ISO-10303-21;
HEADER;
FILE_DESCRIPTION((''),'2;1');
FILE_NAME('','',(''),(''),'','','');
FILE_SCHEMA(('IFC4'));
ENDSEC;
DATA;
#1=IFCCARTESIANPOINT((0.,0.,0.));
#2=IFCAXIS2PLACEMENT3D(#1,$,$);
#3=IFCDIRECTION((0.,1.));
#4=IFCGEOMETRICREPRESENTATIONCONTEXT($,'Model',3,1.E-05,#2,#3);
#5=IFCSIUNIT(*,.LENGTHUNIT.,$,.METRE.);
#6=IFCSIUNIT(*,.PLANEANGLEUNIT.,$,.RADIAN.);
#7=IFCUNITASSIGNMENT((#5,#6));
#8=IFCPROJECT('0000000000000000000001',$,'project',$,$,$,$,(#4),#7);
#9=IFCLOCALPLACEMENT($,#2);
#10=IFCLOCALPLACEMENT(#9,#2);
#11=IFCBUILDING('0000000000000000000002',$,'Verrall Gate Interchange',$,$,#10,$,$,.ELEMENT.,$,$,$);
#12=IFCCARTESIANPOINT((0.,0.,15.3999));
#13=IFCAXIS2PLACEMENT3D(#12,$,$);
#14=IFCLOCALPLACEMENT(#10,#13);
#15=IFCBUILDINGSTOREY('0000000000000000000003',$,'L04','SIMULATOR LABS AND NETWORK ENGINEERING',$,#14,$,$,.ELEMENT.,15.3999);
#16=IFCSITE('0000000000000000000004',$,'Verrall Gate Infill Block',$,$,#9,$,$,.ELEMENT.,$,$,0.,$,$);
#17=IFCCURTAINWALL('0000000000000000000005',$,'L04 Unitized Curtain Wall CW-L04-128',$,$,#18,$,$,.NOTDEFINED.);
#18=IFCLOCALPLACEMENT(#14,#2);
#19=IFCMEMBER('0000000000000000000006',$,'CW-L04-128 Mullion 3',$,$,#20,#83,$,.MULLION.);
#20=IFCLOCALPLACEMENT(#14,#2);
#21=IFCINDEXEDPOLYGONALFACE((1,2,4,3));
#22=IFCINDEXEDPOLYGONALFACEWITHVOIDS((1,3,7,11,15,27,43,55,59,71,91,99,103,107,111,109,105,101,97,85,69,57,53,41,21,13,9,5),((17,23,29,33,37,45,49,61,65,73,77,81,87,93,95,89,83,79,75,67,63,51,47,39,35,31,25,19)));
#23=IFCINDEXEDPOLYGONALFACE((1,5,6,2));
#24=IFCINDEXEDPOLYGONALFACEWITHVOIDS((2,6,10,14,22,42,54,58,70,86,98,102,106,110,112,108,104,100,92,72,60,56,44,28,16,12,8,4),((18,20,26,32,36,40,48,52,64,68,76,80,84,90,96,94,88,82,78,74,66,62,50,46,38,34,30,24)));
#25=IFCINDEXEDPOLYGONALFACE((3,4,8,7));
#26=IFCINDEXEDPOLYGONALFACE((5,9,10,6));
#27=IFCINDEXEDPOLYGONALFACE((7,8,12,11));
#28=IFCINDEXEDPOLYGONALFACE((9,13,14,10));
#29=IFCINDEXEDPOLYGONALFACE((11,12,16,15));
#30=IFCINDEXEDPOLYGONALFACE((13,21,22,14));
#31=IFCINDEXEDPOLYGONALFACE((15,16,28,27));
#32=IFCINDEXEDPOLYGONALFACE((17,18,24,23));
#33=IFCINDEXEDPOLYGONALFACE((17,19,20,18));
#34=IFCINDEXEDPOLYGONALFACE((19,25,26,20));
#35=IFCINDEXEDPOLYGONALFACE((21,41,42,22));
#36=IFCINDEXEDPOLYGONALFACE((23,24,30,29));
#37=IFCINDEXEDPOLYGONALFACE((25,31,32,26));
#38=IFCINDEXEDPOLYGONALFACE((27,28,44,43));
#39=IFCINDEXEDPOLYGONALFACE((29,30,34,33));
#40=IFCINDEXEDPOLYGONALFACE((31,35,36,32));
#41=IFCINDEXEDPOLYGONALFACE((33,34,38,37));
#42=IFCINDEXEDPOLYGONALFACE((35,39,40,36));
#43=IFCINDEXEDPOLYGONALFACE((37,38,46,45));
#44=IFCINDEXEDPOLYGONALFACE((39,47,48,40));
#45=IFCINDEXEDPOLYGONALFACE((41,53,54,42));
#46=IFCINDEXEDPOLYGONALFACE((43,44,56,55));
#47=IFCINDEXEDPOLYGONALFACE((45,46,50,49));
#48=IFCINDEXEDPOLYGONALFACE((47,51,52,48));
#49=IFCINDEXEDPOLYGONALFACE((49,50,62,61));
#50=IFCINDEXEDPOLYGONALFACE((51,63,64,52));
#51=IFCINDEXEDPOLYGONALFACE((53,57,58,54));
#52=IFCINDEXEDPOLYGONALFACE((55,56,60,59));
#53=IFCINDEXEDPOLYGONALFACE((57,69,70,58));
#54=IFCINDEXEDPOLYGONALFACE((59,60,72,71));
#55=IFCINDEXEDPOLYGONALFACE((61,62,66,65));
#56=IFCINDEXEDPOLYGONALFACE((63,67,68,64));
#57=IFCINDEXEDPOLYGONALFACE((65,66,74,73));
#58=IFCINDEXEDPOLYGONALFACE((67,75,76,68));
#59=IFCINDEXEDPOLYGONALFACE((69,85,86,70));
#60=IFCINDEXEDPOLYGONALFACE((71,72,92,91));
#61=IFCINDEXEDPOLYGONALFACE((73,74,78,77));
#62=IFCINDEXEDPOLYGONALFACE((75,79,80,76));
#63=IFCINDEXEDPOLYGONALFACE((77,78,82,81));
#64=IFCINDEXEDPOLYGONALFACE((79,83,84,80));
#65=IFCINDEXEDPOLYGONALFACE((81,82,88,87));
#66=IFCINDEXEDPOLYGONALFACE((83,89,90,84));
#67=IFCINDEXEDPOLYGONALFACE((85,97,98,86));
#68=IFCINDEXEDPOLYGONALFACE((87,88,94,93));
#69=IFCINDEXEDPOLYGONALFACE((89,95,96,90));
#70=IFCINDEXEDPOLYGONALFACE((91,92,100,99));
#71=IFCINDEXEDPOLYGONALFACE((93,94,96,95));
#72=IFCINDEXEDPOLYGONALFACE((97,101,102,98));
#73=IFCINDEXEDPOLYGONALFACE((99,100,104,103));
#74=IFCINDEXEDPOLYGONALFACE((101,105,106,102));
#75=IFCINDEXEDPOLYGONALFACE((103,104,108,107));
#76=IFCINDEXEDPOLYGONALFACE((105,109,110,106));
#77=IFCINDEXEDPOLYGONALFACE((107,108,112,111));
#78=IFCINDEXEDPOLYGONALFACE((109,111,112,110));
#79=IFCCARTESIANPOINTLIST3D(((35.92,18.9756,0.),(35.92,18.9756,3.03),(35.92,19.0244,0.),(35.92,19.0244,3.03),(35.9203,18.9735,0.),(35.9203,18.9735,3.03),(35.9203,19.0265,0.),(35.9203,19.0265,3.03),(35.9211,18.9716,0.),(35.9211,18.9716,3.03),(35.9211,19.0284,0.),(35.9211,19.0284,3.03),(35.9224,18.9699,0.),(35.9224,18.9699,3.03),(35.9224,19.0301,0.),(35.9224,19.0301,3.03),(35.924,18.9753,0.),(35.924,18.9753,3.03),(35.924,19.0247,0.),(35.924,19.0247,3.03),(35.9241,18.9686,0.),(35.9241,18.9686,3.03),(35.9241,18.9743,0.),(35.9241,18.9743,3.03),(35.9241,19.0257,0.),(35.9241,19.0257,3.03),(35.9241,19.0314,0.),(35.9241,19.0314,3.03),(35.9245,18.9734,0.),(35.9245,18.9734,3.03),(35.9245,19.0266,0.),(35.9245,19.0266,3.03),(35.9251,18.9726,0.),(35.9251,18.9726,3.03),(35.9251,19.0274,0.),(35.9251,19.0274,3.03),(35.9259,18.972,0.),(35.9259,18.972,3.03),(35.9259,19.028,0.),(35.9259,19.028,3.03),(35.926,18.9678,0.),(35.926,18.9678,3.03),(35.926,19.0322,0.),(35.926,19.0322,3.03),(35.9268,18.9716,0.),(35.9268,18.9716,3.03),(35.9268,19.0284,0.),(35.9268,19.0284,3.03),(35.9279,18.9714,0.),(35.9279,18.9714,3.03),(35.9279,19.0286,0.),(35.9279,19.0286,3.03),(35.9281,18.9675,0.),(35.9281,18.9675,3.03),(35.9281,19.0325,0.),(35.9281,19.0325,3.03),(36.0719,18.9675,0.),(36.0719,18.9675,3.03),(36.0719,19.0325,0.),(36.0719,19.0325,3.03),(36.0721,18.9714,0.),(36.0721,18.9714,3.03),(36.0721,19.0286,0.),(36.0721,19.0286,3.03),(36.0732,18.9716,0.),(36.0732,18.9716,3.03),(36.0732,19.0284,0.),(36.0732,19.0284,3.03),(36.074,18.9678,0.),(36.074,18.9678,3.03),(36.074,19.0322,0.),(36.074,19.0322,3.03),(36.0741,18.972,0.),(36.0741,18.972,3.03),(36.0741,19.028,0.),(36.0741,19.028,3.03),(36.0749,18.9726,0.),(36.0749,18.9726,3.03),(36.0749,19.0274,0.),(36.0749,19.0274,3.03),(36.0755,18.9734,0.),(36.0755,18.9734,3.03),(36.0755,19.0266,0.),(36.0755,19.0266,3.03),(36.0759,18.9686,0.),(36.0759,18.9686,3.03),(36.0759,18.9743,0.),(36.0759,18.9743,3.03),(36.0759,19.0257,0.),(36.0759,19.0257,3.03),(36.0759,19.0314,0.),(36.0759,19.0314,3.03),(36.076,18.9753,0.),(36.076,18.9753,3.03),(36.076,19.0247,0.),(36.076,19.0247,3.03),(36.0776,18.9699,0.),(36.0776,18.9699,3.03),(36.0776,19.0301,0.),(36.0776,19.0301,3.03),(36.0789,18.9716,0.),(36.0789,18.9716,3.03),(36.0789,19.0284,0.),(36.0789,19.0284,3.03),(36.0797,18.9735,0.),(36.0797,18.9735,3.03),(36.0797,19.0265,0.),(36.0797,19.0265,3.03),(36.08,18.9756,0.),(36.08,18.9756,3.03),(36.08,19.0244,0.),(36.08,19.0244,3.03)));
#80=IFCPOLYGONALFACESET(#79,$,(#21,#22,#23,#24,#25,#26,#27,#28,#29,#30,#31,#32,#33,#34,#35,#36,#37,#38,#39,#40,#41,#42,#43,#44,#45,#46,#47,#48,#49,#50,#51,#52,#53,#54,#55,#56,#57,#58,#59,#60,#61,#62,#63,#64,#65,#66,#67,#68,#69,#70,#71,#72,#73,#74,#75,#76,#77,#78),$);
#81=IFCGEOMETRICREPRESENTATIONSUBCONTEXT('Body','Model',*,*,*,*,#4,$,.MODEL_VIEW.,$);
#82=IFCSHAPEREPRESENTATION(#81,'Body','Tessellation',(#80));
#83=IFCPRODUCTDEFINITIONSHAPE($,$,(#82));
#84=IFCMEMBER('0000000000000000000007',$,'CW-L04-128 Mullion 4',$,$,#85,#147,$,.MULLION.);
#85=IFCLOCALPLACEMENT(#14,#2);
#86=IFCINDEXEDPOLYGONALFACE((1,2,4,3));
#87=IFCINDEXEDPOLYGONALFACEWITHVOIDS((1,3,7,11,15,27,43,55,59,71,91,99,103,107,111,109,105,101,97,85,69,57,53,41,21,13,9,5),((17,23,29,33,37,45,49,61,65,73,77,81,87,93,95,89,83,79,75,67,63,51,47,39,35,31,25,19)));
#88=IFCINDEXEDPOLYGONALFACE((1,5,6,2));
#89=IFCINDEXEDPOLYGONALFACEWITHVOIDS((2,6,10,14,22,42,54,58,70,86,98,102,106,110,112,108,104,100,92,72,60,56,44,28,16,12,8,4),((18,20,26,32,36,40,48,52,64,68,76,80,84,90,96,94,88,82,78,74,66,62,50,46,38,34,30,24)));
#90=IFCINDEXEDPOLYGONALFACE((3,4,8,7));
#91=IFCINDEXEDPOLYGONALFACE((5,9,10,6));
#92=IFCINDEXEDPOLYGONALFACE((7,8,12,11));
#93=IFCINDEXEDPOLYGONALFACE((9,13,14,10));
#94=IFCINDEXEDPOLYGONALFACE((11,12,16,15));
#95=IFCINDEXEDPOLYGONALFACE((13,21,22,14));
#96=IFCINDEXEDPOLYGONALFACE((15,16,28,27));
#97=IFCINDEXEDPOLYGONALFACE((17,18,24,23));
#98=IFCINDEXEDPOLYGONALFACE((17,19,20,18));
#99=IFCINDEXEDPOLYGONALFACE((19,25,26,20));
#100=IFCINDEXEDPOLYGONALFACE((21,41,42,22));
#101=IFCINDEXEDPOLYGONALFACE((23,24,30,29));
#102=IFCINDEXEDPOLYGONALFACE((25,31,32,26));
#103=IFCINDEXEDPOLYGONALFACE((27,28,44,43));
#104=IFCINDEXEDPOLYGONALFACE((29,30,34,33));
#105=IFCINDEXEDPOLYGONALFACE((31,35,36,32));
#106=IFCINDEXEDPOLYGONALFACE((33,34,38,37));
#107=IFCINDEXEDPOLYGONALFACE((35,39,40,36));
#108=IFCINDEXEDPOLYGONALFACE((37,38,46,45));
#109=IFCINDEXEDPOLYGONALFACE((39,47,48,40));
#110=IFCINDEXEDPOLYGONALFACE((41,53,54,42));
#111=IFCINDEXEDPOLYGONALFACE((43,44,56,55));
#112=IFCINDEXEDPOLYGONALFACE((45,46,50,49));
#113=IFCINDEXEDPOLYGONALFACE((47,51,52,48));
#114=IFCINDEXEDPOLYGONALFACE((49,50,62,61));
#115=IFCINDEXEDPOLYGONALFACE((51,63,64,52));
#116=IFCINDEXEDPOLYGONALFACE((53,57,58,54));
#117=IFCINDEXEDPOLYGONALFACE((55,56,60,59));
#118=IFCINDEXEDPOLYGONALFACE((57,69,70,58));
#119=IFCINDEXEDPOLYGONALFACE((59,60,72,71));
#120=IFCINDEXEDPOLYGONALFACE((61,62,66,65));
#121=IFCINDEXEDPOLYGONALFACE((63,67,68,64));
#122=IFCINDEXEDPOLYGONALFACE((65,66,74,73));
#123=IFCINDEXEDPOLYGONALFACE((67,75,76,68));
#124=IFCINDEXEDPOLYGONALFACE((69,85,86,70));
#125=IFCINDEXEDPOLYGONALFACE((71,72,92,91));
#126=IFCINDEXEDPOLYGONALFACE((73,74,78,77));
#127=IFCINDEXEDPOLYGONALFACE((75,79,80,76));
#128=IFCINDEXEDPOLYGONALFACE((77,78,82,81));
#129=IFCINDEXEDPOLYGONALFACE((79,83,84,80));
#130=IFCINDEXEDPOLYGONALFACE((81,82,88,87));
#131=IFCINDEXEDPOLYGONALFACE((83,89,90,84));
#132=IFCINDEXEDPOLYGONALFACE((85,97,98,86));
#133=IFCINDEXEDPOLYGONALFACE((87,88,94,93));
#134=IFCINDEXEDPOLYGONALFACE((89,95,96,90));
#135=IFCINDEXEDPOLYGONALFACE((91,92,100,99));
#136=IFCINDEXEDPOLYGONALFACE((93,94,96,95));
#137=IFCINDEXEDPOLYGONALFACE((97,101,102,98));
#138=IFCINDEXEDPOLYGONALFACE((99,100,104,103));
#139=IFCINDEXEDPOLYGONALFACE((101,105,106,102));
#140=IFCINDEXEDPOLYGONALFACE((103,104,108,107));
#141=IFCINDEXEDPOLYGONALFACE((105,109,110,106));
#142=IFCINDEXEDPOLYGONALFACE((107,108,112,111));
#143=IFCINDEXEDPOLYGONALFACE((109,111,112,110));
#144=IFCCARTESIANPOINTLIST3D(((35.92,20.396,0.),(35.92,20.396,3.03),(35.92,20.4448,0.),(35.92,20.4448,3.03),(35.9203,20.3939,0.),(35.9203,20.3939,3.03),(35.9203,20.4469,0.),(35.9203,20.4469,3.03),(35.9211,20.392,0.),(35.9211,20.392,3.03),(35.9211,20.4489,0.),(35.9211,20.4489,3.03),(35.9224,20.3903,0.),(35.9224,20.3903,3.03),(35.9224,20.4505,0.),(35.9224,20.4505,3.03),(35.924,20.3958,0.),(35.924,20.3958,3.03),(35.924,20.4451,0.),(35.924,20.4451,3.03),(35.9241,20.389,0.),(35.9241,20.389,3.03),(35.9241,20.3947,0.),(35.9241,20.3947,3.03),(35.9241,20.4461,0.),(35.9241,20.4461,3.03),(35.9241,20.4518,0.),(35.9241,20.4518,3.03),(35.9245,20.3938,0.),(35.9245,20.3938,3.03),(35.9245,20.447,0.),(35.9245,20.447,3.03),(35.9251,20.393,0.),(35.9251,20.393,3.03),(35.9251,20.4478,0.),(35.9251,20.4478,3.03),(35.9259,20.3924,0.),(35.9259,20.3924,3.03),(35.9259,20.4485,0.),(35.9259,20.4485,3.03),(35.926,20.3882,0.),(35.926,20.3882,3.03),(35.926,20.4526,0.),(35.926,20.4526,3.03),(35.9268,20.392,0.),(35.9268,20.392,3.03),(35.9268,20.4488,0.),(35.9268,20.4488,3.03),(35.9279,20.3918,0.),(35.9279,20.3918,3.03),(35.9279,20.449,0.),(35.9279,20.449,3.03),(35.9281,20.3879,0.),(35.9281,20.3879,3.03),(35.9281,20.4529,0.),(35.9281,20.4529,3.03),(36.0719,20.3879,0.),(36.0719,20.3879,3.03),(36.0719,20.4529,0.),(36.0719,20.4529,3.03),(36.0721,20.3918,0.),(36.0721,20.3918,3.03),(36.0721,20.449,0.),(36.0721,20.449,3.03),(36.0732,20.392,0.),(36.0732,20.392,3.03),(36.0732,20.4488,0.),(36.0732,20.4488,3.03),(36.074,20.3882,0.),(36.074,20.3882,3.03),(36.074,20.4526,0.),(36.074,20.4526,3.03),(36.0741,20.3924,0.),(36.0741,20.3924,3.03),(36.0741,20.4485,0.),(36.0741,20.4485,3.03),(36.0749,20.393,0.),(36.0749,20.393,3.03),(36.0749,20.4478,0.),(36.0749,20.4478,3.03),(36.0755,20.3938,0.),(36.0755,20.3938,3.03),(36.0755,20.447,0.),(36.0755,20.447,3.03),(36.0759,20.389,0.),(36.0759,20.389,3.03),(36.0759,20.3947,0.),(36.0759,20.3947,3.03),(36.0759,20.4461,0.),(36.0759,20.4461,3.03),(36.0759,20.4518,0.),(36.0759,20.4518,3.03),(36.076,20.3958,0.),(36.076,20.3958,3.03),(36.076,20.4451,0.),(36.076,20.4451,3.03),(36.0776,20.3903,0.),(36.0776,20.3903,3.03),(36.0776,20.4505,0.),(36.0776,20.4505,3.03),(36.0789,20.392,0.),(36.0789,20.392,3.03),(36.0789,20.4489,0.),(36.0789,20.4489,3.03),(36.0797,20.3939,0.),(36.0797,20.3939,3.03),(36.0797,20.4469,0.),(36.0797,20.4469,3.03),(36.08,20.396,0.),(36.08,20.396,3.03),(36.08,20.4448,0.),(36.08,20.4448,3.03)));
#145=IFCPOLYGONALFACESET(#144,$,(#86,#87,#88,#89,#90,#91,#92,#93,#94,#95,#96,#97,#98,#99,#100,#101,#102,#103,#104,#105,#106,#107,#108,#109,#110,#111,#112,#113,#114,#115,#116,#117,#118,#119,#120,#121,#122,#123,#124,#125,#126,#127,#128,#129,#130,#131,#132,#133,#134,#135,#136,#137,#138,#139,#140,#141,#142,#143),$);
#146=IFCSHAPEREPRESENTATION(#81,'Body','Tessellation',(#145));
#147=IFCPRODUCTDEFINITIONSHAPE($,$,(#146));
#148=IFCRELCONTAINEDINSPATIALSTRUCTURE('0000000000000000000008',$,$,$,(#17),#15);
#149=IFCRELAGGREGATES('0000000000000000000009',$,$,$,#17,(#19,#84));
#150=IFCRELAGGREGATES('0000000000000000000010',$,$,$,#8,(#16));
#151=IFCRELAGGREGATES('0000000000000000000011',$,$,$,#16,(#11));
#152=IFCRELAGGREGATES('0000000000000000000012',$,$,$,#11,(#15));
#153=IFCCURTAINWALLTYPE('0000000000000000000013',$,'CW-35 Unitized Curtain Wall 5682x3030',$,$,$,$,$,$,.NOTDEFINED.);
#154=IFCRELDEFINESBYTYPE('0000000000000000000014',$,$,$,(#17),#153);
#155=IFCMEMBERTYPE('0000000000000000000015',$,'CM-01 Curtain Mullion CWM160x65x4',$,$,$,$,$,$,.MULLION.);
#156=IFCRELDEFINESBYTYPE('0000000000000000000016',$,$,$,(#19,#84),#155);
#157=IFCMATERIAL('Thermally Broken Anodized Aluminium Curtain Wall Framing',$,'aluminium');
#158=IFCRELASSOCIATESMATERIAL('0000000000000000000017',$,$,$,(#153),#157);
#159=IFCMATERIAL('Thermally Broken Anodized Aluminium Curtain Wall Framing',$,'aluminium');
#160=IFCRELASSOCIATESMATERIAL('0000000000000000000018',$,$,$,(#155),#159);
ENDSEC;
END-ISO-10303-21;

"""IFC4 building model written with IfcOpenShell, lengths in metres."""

from ifc_helpers import new_model, si_unit, direction, frame, origin, origin_2d, place, context, subcontext, project, spatial, hollow_rectangle, extrude, material, material_profile, profile_set, type_object, element, aggregate, save


model = new_model("IFC4")

# Units and contexts
model_context = context("Model", 3, precision=1e-05, world=origin(), true_north=direction((0.0, 1.0)))
body_context = subcontext(model_context, "Body", "Model", "MODEL_VIEW")
ifc_project = project(units=[si_unit("LENGTHUNIT", "METRE"), si_unit("PLANEANGLEUNIT", "RADIAN")], contexts=[model_context])

# Site, building, storey
site_placement = place(None, origin())
site = spatial("IfcSite", under=ifc_project, at=site_placement, Name="Verrall Gate Infill Block", CompositionType="ELEMENT", RefElevation=0.0)
building_placement = place(site_placement, origin())
building = spatial("IfcBuilding", under=site, at=building_placement, Name="Verrall Gate Interchange", CompositionType="ELEMENT")
storey_placement = place(building_placement, frame((0.0, 0.0, 15.3999)))
storey = spatial("IfcBuildingStorey", under=building, at=storey_placement, Name="L04", Description="SIMULATOR LABS AND NETWORK ENGINEERING", CompositionType="ELEMENT", Elevation=15.3999)

# Curtain wall, members
ifc_material_1 = material(Name="Thermally Broken Anodized Aluminium Curtain Wall Framing", Category="aluminium")
curtain_wall_type = type_object("IfcCurtainWallType", Name="CW-35 Unitized Curtain Wall 5682x3030", PredefinedType="NOTDEFINED", material=ifc_material_1)
curtain_wall_placement = place(storey_placement, origin())
curtain_wall = element("IfcCurtainWall", 1, at=curtain_wall_placement, inside=storey, type_object=curtain_wall_type, Name="L04 Unitized Curtain Wall CW-L04-128", PredefinedType="NOTDEFINED")
ifc_material_2 = material(Name="Thermally Broken Anodized Aluminium Curtain Wall Framing", Category="aluminium")
ifc_material_profile_1 = material_profile(ifc_material_2, hollow_rectangle(XDim=0.0649, YDim=0.1599, WallThickness=0.0039, InnerFilletRadius=0.0039, OuterFilletRadius=0.0081, at=origin_2d()), Name="CWM160x65x4")
ifc_profile_set_1 = profile_set([ifc_material_profile_1], Name="Thermally Broken Anodized Aluminium Curtain Wall Framing")
member_type = type_object("IfcMemberType", Name="CM-01 Curtain Mullion CWM160x65x4", PredefinedType="MULLION", material=ifc_profile_set_1)
member_1_placement = place(storey_placement, frame((36.0, 19.0, 0.0), z_axis=(0.0, 0.0, 1.0), x_axis=(0.0, 1.0, 0.0)))
member_1 = element("IfcMember", 2, at=member_1_placement, type_object=member_type, Name="CW-L04-128 Mullion 3", PredefinedType="MULLION", context=body_context, shape_type="SweptSolid", body=[
    extrude(hollow_rectangle(XDim=0.0649, YDim=0.1599, WallThickness=0.0039, InnerFilletRadius=0.0039, OuterFilletRadius=0.0081, at=origin_2d()), origin(), (0.0, 0.0, 1.0), 3.03),
])
member_2_placement = place(storey_placement, frame((36.0, 20.4204, 0.0), z_axis=(0.0, 0.0, 1.0), x_axis=(0.0, 1.0, 0.0)))
member_2 = element("IfcMember", 3, at=member_2_placement, type_object=member_type, Name="CW-L04-128 Mullion 4", PredefinedType="MULLION", context=body_context, shape_type="SweptSolid", body=[
    extrude(hollow_rectangle(XDim=0.0649, YDim=0.1599, WallThickness=0.0039, InnerFilletRadius=0.0039, OuterFilletRadius=0.0081, at=origin_2d()), origin(), (0.0, 0.0, 1.0), 3.03),
])

aggregate(curtain_wall, [member_1, member_2])

save(model, "model.ifc")
